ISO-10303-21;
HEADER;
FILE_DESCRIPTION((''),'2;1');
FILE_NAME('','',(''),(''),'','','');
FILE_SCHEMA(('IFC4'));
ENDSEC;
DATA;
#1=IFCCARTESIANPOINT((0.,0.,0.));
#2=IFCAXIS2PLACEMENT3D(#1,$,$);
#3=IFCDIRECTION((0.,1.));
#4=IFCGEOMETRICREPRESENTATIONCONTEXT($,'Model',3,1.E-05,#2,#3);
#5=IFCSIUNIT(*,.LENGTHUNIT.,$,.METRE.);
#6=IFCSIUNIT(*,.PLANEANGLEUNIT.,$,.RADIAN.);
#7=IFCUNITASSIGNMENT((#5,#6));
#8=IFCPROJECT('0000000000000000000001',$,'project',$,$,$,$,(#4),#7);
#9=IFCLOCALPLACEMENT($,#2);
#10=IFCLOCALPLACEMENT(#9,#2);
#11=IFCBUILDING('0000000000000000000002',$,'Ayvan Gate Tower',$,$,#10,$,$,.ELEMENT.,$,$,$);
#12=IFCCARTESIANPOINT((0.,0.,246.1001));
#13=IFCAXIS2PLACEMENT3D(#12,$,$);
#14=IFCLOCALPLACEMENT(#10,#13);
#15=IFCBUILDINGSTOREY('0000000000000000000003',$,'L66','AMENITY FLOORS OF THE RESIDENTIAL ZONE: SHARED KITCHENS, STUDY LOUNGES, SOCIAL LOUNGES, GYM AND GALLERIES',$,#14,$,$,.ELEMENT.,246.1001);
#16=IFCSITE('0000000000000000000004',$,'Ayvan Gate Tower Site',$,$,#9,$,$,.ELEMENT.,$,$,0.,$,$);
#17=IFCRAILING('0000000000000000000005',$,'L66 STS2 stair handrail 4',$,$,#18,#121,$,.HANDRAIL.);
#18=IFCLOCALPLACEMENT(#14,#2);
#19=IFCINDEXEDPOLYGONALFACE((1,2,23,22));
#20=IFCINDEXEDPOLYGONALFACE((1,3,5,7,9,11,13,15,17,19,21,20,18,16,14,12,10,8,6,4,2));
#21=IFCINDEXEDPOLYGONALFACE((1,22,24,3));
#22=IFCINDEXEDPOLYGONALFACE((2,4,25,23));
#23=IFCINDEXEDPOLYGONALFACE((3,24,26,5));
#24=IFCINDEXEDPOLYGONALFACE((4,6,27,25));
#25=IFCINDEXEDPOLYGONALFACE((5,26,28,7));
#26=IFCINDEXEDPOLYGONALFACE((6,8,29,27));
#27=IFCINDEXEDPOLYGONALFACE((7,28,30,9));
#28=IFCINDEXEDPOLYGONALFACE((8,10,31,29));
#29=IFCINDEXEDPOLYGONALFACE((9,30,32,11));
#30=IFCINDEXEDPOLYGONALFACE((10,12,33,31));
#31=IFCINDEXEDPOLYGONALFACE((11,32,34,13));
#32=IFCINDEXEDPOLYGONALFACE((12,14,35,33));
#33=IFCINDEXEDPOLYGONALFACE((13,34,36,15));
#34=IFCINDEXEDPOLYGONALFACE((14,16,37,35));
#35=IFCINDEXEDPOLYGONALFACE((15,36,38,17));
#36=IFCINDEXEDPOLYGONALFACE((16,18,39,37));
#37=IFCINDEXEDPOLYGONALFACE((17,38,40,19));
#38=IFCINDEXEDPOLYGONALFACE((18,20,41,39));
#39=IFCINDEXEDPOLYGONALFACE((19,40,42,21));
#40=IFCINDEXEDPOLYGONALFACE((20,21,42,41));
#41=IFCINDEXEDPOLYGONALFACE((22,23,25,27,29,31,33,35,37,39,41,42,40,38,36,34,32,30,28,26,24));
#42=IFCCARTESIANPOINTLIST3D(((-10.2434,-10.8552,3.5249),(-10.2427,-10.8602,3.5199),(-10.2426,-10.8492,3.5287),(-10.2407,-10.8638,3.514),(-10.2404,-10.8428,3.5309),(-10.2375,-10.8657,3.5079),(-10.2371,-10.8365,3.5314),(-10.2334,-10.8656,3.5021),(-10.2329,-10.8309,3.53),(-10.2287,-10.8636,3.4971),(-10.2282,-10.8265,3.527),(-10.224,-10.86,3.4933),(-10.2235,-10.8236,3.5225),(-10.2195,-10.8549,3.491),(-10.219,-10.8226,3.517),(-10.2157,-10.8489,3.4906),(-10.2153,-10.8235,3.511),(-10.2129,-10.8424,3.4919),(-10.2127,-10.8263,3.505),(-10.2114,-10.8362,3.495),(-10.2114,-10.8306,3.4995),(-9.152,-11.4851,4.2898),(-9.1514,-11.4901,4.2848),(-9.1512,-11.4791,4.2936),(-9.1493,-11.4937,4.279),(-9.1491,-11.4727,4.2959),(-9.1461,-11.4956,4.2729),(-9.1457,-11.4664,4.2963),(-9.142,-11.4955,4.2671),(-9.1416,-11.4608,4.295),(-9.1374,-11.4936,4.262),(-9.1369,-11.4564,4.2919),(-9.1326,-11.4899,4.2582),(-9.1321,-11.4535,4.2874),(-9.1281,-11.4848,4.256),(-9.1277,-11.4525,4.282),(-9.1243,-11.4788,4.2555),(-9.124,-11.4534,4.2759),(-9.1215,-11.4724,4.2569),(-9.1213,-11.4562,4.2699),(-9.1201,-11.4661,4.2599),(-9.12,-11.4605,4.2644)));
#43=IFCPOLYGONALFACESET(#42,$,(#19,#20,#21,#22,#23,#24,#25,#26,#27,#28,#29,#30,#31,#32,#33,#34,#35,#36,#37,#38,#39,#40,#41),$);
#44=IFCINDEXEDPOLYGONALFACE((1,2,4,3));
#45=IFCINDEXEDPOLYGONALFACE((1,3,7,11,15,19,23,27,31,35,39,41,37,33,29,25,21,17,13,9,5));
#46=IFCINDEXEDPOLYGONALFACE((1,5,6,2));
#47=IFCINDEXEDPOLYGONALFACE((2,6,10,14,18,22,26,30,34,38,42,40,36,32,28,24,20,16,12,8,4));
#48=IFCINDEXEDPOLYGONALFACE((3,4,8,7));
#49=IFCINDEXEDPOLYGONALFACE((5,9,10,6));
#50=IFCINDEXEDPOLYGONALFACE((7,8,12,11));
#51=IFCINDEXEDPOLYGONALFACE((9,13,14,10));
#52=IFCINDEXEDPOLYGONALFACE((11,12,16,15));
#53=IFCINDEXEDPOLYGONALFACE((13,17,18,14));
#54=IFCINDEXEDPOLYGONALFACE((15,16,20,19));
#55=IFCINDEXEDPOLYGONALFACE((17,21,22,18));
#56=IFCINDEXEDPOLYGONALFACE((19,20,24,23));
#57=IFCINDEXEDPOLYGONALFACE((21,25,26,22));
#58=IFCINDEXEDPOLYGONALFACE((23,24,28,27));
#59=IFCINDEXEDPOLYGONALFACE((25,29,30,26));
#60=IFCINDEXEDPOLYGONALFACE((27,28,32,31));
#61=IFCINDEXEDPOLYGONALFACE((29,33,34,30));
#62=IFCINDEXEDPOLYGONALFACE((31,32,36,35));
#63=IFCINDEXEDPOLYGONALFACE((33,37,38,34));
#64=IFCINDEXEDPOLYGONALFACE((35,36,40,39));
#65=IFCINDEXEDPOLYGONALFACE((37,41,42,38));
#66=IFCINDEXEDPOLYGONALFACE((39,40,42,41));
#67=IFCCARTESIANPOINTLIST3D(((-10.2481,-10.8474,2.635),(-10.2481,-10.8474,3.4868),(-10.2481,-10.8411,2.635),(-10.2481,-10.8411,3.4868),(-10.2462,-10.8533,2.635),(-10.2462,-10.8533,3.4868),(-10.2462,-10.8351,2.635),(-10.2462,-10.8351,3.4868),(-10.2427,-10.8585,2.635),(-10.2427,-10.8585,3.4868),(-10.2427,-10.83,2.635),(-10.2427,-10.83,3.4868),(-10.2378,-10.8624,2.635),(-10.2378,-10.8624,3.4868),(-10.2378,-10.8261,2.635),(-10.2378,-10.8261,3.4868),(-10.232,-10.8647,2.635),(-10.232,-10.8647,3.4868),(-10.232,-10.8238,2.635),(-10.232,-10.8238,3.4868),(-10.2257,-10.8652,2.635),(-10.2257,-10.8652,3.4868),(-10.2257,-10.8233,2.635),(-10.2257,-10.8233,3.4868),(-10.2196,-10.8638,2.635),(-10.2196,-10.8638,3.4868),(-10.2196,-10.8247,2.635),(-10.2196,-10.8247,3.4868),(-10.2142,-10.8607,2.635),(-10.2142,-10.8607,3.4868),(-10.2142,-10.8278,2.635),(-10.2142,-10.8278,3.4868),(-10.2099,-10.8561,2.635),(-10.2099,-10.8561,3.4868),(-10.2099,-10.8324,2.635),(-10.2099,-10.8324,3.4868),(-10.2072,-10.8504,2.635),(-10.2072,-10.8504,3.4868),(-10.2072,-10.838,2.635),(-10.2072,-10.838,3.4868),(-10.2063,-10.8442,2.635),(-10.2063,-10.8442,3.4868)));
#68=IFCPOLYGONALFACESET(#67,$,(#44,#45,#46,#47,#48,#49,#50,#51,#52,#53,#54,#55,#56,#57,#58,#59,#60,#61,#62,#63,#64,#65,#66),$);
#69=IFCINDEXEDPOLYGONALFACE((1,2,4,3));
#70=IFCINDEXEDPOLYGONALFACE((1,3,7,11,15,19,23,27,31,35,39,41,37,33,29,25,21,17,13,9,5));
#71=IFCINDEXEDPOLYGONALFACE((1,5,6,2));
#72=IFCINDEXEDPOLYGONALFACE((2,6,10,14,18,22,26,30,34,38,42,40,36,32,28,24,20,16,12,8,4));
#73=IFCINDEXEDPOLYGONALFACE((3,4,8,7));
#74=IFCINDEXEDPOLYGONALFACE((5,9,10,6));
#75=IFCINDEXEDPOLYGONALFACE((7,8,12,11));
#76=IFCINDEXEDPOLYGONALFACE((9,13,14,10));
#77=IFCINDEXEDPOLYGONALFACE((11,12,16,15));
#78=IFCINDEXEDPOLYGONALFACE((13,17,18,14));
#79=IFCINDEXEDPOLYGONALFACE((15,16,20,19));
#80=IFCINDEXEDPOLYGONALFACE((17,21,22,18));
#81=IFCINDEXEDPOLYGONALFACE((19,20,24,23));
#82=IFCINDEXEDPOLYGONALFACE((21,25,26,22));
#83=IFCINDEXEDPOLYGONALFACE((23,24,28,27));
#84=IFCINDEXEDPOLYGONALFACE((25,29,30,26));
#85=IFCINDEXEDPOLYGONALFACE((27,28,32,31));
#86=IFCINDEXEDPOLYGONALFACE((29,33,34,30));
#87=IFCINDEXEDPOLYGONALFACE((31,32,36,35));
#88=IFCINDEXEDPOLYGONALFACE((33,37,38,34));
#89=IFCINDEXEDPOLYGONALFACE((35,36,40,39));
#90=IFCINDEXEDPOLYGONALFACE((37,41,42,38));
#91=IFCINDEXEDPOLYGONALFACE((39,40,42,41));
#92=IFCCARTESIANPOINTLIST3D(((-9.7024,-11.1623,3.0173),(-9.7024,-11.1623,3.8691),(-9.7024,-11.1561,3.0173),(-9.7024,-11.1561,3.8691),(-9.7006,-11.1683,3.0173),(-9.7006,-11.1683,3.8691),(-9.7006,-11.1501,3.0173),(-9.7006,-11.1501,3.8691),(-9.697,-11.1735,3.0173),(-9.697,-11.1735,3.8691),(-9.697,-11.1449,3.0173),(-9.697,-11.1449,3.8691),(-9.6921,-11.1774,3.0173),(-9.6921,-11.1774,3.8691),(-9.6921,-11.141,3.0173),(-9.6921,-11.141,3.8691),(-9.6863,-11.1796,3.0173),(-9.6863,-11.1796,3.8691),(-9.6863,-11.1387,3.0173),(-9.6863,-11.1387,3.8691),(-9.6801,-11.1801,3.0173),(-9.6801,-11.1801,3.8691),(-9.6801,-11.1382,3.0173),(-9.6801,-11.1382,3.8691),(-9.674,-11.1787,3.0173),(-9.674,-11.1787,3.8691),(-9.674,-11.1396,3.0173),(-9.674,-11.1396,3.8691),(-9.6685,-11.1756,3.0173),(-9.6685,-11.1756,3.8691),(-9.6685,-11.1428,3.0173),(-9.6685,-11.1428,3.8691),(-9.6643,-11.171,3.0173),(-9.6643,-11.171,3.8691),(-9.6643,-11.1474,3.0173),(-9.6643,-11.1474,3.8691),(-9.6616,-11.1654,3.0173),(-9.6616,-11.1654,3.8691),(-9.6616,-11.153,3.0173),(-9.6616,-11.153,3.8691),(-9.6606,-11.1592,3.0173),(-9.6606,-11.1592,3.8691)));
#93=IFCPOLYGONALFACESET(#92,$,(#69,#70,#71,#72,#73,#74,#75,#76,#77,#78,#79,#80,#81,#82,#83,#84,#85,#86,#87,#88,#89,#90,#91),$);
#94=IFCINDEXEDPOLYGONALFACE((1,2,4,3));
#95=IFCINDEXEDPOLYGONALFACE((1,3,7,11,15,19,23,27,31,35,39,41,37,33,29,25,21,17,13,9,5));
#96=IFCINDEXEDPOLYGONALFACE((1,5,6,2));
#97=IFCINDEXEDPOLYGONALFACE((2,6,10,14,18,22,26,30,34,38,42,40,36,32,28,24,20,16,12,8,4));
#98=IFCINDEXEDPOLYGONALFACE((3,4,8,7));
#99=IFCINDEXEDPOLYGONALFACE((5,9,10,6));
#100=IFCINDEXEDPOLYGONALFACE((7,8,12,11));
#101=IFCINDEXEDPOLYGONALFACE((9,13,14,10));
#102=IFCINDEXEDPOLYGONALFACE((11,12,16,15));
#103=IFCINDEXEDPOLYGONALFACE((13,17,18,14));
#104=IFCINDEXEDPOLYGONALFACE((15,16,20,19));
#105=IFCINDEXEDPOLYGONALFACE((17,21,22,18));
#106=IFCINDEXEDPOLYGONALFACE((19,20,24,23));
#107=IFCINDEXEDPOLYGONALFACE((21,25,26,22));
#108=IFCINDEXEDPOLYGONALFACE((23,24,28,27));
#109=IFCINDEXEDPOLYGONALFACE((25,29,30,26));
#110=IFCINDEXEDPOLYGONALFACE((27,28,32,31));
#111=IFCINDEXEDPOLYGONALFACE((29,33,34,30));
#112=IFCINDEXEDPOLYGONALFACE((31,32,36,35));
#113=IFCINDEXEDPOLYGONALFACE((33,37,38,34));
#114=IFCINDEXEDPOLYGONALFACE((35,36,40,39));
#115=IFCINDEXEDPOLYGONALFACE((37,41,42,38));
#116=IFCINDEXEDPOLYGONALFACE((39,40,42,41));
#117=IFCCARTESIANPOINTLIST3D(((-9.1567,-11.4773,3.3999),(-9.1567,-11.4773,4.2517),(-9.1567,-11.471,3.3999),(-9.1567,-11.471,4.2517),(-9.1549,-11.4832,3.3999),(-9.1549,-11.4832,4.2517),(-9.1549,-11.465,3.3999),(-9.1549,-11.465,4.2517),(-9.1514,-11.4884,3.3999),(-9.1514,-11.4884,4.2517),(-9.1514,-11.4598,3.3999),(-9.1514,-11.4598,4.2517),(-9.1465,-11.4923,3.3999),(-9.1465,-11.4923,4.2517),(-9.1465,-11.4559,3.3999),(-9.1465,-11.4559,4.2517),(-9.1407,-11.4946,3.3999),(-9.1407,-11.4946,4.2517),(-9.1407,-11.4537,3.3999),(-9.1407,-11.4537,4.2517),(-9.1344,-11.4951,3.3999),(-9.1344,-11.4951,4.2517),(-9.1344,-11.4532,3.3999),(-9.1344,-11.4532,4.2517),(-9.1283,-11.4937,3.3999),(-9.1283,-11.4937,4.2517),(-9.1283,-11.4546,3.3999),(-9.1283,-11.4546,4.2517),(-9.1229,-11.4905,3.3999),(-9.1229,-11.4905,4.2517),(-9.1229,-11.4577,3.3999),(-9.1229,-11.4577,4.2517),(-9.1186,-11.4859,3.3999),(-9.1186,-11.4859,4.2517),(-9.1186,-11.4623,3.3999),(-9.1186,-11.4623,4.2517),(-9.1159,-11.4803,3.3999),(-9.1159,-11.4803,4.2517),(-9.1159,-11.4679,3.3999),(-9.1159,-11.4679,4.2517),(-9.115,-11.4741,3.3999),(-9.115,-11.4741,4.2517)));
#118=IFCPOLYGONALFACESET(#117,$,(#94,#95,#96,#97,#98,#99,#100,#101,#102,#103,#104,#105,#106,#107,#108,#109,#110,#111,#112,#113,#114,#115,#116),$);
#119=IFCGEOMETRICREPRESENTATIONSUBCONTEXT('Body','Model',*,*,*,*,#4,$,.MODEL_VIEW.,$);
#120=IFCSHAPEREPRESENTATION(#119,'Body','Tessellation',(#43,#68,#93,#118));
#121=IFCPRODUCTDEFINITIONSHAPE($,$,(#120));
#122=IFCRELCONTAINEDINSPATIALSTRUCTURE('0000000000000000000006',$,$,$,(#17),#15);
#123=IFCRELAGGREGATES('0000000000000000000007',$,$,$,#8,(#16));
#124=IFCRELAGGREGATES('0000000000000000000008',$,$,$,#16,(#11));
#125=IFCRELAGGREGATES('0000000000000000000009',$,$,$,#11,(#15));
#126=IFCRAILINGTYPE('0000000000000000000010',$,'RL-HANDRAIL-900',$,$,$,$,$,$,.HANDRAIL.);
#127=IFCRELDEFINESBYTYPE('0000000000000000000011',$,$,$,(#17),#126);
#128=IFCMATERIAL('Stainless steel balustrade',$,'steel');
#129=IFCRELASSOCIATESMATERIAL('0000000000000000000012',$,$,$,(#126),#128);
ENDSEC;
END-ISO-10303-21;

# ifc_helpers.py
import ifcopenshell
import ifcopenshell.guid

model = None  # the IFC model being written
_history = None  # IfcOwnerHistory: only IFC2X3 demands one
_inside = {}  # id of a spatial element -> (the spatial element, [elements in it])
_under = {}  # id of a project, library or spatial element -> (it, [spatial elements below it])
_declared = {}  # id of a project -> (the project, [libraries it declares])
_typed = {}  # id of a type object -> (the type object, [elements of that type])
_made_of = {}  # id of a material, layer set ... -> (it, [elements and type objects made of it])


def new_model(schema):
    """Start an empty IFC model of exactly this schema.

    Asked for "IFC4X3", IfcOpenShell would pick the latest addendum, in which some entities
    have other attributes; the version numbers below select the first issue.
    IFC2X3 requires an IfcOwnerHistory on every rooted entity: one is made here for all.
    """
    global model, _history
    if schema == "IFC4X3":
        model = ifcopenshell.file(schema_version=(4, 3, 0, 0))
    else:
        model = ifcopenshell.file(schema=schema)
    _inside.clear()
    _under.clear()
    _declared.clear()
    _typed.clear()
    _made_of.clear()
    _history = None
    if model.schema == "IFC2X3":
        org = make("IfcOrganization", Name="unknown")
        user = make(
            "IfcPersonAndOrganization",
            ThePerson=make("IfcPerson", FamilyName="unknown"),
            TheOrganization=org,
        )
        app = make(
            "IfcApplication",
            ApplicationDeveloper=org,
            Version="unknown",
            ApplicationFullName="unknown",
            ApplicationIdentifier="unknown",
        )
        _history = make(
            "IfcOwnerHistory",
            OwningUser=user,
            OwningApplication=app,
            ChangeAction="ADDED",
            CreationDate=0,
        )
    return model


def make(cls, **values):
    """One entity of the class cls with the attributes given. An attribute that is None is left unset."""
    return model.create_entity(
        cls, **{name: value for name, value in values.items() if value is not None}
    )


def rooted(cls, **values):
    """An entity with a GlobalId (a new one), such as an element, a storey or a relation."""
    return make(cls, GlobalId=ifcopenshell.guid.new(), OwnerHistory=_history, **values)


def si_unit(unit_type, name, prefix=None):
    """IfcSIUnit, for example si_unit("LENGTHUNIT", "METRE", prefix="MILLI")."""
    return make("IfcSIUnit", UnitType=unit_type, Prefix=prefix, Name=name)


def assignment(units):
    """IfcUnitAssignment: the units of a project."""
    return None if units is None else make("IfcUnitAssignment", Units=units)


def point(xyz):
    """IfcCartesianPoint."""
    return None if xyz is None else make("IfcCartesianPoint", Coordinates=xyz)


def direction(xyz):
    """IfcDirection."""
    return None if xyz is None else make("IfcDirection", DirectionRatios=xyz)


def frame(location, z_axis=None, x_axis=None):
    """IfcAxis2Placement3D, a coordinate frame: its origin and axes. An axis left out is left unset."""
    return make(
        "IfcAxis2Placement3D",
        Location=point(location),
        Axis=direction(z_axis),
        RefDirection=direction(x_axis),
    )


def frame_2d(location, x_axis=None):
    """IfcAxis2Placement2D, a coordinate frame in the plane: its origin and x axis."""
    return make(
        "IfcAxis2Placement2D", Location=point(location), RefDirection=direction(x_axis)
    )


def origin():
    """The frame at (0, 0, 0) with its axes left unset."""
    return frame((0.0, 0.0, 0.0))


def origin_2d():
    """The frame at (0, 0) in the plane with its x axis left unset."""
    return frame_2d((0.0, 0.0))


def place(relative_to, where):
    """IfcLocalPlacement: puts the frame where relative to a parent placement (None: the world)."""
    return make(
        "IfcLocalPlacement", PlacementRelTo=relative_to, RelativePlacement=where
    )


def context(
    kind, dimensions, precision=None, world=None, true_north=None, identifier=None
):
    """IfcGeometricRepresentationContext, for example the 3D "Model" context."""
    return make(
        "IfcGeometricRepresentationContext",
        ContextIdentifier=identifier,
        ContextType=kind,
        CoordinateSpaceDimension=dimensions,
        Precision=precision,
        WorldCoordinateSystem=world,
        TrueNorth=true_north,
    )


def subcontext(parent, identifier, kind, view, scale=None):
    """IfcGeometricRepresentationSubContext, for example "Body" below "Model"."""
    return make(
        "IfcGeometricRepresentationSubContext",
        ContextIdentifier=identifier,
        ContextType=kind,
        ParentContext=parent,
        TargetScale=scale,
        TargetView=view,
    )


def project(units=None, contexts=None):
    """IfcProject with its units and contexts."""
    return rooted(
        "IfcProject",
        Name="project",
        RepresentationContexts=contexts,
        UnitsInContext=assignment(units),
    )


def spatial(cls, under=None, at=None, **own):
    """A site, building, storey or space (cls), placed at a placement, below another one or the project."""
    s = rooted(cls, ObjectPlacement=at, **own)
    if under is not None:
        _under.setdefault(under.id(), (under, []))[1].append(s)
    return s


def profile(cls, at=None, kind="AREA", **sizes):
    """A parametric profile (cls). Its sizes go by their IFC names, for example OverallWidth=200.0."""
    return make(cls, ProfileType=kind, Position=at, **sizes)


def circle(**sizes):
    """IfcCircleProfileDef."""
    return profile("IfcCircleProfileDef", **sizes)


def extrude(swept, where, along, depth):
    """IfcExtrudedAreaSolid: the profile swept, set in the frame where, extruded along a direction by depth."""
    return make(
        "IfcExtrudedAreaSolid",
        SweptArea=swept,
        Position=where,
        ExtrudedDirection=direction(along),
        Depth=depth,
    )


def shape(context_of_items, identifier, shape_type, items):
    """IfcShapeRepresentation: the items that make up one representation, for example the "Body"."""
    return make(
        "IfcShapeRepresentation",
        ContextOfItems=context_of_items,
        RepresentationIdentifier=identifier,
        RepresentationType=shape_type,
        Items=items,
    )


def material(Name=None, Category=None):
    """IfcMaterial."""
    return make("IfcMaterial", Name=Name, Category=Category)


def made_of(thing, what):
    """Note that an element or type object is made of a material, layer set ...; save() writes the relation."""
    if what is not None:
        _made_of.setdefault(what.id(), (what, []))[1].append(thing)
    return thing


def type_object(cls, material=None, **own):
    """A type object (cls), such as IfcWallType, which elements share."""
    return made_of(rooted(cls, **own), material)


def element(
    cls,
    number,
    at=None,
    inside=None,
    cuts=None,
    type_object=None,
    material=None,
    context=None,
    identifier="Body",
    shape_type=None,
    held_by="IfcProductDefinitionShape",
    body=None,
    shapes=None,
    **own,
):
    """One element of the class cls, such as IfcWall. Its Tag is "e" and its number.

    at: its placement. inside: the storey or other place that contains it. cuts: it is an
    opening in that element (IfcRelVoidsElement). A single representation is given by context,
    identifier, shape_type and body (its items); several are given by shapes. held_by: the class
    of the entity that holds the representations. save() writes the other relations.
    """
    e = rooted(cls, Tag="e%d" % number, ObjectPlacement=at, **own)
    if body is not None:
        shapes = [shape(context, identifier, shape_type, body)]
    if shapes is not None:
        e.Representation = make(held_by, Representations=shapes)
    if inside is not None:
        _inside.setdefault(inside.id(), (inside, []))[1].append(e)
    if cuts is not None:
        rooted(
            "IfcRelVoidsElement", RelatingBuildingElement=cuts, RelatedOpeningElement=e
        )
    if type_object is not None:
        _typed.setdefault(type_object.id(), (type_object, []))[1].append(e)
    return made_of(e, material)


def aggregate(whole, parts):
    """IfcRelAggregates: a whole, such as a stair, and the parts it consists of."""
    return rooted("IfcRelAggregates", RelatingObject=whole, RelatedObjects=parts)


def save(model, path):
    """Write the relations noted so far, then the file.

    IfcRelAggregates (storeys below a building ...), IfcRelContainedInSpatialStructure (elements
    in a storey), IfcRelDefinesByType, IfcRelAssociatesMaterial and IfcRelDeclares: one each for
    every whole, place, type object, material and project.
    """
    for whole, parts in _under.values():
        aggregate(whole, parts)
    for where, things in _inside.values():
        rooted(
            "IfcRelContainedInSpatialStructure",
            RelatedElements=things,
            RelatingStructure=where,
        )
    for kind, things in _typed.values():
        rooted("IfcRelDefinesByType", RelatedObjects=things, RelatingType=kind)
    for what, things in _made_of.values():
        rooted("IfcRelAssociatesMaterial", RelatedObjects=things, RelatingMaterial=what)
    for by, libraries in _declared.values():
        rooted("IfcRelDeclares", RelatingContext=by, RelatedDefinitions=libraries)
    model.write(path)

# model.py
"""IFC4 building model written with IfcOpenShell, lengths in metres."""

from ifc_helpers import new_model, si_unit, direction, frame, origin, origin_2d, place, context, subcontext, project, spatial, circle, extrude, material, type_object, element, save


model = new_model("IFC4")

# Units and contexts
model_context = context("Model", 3, precision=1e-05, world=origin(), true_north=direction((0.0, 1.0)))
body_context = subcontext(model_context, "Body", "Model", "MODEL_VIEW")
ifc_project = project(units=[si_unit("LENGTHUNIT", "METRE"), si_unit("PLANEANGLEUNIT", "RADIAN")], contexts=[model_context])

# Site, building, storey
site_placement = place(None, origin())
site = spatial("IfcSite", under=ifc_project, at=site_placement, Name="Ayvan Gate Tower Site", CompositionType="ELEMENT", RefElevation=0.0)
building_placement = place(site_placement, origin())
building = spatial("IfcBuilding", under=site, at=building_placement, Name="Ayvan Gate Tower", CompositionType="ELEMENT")
storey_placement = place(building_placement, frame((0.0, 0.0, 246.1001)))
storey = spatial("IfcBuildingStorey", under=building, at=storey_placement, Name="L66", Description="AMENITY FLOORS OF THE RESIDENTIAL ZONE: SHARED KITCHENS, STUDY LOUNGES, SOCIAL LOUNGES, GYM AND GALLERIES", CompositionType="ELEMENT", Elevation=246.1001)

# Railing
ifc_material_1 = material(Name="Stainless steel balustrade", Category="steel")
railing_type_1 = type_object("IfcRailingType", Name="RL-HANDRAIL-900", PredefinedType="HANDRAIL", material=ifc_material_1)
railing_1_placement = place(storey_placement, frame((-10.2273, -10.8442, 2.635)))
element("IfcRailing", 1, at=railing_1_placement, inside=storey, type_object=railing_type_1, Name="L66 STS2 stair handrail 4", PredefinedType="HANDRAIL", context=body_context, shape_type="SweptSolid", body=[
    extrude(circle(Radius=0.0239, at=origin_2d()), frame((0.0, 0.0, 0.876), z_axis=(0.740357, -0.42732, 0.518912), x_axis=(0.49989, 0.866089, 0.0)), (0.0, 0.0, 1.0), 1.4741),
    extrude(circle(Radius=0.021, at=origin_2d()), origin(), (0.0, 0.0, 1.0), 0.8518),
    extrude(circle(Radius=0.021, at=origin_2d()), frame((0.5457, -0.3149, 0.3823)), (0.0, 0.0, 1.0), 0.8518),
    extrude(circle(Radius=0.021, at=origin_2d()), frame((1.0913, -0.6299, 0.7649)), (0.0, 0.0, 1.0), 0.8518),
])

save(model, "model.ifc")
